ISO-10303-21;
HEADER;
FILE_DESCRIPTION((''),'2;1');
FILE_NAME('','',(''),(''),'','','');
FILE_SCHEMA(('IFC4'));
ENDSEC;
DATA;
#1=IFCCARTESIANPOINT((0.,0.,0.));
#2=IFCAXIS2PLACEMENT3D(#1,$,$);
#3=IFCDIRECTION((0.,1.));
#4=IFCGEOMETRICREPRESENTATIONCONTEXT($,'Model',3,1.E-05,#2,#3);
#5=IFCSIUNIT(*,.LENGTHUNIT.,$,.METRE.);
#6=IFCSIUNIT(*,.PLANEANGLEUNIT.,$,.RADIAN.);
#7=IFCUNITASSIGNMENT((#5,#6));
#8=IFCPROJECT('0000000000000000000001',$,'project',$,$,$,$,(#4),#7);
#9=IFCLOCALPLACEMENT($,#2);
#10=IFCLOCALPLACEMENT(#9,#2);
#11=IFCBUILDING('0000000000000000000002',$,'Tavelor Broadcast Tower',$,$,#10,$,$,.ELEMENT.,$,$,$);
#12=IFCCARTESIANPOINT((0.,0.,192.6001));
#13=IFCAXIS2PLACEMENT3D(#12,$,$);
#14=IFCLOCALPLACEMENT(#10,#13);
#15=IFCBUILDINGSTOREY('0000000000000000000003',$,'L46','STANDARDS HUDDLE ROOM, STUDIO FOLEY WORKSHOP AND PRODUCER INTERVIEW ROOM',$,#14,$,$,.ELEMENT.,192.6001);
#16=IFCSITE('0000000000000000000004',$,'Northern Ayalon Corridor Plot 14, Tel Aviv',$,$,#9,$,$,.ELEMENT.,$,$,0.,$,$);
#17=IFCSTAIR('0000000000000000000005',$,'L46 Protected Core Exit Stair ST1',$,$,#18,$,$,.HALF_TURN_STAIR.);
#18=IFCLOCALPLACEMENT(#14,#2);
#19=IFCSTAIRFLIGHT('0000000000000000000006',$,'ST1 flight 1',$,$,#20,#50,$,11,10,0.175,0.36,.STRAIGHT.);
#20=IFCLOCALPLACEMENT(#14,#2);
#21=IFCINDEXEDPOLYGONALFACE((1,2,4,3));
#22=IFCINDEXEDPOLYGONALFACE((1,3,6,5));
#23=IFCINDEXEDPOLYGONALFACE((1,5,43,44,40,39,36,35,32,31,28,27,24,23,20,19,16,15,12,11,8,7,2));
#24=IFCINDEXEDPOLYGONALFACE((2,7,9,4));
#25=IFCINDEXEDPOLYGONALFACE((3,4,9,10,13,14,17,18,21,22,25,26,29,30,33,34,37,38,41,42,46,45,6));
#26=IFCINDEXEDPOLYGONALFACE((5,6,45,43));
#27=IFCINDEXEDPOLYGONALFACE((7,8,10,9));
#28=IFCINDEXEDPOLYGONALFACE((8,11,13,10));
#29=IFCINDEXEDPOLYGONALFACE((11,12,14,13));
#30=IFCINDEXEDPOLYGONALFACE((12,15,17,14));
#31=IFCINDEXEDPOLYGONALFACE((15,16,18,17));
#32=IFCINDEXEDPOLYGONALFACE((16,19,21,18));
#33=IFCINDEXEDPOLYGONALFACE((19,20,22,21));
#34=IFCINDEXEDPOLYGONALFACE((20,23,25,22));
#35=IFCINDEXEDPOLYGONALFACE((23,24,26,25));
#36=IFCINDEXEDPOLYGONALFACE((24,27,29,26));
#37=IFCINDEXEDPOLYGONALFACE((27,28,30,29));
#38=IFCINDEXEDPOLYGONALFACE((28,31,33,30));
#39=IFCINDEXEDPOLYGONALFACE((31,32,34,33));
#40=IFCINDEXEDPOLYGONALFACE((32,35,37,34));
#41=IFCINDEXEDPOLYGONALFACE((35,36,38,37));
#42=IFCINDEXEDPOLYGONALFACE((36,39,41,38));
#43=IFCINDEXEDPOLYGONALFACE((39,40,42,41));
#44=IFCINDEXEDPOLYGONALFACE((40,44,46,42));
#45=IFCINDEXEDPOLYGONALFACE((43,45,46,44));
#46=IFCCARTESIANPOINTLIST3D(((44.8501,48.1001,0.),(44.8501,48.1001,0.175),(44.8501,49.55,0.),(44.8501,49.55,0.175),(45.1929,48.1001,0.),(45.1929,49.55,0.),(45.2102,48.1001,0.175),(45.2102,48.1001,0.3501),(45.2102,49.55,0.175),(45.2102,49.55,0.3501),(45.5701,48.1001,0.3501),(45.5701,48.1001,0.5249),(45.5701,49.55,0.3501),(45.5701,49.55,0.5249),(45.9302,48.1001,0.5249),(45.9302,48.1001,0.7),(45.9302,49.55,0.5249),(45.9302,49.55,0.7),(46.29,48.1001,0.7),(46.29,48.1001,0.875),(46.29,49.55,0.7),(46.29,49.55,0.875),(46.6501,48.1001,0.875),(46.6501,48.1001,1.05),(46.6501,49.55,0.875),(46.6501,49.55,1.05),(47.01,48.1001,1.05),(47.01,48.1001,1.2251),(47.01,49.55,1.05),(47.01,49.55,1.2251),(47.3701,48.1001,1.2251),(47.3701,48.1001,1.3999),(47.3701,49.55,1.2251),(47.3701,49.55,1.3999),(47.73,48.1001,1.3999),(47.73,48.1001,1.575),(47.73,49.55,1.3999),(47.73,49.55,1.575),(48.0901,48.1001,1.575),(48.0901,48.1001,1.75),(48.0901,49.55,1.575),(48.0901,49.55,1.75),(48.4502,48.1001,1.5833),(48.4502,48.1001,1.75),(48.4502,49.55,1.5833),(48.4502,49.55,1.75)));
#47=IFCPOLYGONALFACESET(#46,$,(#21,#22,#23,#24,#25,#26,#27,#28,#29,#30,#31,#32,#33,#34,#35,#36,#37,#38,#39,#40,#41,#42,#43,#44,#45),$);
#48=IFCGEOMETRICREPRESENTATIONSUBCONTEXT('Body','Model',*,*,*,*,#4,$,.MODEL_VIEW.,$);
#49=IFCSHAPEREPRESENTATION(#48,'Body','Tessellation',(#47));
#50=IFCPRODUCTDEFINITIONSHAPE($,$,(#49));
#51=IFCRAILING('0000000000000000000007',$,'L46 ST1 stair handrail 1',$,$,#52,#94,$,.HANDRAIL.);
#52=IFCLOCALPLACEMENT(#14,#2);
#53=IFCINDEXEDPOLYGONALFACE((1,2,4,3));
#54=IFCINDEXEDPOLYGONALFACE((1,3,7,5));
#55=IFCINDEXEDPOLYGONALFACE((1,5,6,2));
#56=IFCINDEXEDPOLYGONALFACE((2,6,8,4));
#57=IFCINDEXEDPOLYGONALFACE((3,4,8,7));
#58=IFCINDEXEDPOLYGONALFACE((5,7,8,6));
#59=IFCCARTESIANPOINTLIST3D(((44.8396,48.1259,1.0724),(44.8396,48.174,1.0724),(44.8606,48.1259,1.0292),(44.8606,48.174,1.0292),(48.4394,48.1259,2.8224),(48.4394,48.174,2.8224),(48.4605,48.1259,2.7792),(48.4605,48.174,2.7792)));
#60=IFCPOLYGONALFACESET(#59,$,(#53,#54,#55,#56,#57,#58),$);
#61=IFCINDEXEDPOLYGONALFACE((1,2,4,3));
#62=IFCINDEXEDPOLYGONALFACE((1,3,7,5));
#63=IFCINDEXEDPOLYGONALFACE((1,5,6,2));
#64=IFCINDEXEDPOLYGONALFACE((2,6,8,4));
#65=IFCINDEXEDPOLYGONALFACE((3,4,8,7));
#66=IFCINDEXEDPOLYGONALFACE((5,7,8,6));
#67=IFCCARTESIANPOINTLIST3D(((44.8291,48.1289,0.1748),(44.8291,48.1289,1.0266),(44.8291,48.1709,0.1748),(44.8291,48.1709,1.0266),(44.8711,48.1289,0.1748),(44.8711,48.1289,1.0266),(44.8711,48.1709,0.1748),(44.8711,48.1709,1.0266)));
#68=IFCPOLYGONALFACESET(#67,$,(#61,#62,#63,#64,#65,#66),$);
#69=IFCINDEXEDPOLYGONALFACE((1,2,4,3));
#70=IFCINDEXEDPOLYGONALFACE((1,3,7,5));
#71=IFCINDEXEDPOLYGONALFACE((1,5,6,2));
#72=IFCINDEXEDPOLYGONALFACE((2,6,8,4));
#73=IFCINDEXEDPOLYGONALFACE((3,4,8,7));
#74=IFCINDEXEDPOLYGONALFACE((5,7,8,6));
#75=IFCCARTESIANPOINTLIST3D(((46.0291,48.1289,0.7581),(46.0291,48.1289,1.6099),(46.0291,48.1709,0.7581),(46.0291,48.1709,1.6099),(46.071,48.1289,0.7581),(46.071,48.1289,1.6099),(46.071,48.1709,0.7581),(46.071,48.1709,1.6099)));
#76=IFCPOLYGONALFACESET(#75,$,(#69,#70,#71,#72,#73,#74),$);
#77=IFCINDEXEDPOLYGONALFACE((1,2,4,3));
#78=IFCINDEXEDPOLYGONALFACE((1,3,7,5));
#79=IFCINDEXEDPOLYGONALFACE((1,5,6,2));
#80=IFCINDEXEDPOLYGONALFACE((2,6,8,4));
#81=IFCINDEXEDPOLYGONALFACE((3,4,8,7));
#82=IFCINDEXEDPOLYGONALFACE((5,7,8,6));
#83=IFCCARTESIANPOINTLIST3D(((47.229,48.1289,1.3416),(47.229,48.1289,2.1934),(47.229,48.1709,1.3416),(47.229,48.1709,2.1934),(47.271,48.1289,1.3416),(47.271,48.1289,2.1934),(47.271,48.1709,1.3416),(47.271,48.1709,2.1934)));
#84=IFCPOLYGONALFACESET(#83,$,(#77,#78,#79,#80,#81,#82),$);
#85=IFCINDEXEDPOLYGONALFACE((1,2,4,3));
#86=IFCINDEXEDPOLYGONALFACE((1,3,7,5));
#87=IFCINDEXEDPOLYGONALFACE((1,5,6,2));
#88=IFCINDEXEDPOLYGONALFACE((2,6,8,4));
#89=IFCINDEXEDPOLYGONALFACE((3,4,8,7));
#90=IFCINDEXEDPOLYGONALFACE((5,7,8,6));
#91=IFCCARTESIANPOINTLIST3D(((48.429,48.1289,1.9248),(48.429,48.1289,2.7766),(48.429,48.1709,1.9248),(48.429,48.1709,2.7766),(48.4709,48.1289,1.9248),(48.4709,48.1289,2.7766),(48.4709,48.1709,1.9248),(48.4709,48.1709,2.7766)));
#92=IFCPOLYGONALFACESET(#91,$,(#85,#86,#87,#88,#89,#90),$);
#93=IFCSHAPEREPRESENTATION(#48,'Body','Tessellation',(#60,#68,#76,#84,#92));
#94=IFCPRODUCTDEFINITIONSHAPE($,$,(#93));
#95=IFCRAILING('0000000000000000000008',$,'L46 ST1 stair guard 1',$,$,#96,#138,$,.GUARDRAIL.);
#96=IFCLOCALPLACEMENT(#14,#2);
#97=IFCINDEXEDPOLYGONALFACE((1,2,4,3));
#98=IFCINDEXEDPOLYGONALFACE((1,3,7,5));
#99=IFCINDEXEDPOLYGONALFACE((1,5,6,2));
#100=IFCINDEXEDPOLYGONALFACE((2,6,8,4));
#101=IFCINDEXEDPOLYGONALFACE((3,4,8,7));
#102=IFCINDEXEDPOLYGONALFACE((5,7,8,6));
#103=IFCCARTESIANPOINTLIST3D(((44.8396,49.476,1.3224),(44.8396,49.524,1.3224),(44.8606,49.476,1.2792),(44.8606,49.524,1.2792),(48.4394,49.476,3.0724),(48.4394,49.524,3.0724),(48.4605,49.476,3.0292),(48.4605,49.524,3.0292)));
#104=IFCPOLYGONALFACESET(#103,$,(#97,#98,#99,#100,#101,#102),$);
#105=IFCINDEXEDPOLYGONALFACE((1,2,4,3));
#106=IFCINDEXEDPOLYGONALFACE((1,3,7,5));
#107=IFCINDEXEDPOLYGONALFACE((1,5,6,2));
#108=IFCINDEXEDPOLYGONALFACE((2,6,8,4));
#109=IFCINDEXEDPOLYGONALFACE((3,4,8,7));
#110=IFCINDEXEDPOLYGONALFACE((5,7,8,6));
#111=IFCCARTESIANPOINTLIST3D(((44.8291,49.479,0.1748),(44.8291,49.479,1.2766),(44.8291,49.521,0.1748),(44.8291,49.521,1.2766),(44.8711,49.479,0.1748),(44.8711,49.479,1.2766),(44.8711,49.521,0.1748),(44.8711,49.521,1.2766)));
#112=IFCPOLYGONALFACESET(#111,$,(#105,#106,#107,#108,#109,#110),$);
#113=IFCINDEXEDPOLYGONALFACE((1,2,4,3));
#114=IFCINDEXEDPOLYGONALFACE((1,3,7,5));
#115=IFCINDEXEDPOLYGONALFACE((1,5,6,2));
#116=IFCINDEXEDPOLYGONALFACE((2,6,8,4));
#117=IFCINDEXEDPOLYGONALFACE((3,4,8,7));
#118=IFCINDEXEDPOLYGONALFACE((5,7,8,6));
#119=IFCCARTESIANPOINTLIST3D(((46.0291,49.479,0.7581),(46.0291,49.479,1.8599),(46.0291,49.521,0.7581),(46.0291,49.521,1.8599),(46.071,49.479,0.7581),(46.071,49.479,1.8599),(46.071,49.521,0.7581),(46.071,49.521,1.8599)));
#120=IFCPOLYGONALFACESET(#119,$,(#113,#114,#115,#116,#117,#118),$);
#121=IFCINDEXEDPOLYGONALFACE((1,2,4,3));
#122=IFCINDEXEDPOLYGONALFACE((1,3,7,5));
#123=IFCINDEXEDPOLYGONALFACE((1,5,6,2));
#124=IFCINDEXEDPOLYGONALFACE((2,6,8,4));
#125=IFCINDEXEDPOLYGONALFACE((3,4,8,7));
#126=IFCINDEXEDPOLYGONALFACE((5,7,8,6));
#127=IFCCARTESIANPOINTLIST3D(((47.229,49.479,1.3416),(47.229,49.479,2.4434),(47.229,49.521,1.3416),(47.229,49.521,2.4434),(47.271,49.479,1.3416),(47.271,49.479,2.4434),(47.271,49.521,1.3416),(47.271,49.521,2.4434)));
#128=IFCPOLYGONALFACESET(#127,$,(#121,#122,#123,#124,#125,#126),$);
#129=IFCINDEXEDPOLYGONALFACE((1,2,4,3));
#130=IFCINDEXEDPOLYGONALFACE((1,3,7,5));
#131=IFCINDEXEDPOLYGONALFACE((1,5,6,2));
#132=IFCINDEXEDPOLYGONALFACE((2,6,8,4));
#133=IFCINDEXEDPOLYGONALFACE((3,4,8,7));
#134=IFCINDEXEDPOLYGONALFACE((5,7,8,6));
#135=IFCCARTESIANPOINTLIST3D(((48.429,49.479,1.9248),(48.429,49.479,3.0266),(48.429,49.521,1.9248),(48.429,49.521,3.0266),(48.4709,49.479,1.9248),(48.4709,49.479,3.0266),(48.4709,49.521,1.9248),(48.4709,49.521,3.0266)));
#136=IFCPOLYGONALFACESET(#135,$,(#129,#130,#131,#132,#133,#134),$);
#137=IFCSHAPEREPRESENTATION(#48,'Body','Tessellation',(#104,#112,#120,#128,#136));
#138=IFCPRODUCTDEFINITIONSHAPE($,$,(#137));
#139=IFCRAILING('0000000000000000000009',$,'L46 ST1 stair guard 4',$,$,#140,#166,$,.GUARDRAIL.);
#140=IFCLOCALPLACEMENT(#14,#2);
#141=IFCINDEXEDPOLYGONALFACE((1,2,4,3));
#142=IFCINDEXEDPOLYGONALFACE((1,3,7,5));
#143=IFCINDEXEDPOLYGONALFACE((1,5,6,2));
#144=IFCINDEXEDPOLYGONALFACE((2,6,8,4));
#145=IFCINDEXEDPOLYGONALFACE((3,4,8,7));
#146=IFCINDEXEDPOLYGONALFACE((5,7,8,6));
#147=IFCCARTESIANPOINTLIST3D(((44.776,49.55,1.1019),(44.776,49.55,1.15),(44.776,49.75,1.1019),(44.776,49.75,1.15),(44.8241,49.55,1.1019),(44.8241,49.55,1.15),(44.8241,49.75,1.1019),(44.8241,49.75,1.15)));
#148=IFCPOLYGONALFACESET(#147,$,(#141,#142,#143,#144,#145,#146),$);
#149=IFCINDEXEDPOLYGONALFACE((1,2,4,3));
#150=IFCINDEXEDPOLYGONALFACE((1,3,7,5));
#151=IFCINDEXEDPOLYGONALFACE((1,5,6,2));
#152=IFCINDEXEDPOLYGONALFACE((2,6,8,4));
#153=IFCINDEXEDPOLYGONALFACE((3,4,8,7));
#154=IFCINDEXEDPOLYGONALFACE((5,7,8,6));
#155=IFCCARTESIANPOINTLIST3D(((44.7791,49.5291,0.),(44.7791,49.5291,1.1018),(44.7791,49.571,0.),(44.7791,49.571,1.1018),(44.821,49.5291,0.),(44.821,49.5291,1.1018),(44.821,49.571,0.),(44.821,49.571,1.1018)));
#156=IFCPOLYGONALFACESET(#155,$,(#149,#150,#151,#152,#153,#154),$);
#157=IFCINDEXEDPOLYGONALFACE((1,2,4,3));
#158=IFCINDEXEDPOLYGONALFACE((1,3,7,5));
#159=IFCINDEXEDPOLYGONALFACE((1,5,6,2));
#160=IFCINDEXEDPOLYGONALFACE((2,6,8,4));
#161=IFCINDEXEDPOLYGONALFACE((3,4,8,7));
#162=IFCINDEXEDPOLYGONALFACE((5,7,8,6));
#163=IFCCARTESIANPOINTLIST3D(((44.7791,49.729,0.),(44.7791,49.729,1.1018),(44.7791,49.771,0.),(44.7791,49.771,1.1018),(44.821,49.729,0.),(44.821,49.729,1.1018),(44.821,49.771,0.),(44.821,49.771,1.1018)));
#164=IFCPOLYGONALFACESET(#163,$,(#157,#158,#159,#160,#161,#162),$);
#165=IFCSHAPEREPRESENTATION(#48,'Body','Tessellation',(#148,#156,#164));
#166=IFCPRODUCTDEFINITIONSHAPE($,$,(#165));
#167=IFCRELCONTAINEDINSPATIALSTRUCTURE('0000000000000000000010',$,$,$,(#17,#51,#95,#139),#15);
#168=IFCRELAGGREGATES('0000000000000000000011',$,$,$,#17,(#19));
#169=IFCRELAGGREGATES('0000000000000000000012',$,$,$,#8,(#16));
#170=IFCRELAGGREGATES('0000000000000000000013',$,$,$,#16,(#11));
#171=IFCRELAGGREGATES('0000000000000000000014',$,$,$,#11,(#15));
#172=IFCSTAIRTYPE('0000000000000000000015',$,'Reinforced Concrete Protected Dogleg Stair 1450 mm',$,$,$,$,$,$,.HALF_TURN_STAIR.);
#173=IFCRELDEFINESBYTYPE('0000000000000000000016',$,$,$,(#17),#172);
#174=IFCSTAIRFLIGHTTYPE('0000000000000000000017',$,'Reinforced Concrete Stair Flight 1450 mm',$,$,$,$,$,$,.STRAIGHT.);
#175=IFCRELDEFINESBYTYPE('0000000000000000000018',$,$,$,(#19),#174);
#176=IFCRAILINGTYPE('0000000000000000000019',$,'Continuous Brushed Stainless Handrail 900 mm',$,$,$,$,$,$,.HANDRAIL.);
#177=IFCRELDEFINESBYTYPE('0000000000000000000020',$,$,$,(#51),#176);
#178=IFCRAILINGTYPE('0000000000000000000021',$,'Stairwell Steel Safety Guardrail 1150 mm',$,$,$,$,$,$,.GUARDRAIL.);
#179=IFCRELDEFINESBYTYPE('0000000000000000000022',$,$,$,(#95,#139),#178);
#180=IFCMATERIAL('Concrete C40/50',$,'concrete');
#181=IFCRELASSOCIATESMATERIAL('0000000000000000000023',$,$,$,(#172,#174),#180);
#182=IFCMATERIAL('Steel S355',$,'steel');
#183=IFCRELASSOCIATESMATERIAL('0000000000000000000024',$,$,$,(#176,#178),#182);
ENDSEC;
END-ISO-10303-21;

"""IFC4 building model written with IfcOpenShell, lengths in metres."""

from ifc_helpers import new_model, si_unit, direction, frame, origin, origin_2d, place, context, subcontext, project, spatial, polyline, rectangle, outline, extrude, material, type_object, element, aggregate, save


model = new_model("IFC4")

# Units and contexts
model_context = context("Model", 3, precision=1e-05, world=origin(), true_north=direction((0.0, 1.0)))
body_context = subcontext(model_context, "Body", "Model", "MODEL_VIEW")
ifc_project = project(units=[si_unit("LENGTHUNIT", "METRE"), si_unit("PLANEANGLEUNIT", "RADIAN")], contexts=[model_context])

# Site, building, storey
site_placement = place(None, origin())
site = spatial("IfcSite", under=ifc_project, at=site_placement, Name="Northern Ayalon Corridor Plot 14, Tel Aviv", CompositionType="ELEMENT", RefElevation=0.0)
building_placement = place(site_placement, origin())
building = spatial("IfcBuilding", under=site, at=building_placement, Name="Tavelor Broadcast Tower", CompositionType="ELEMENT")
storey_placement = place(building_placement, frame((0.0, 0.0, 192.6001)))
storey = spatial("IfcBuildingStorey", under=building, at=storey_placement, Name="L46", Description="STANDARDS HUDDLE ROOM, STUDIO FOLEY WORKSHOP AND PRODUCER INTERVIEW ROOM", CompositionType="ELEMENT", Elevation=192.6001)

# Shared definitions
ifc_material_1 = material(Name="Steel S355", Category="steel")

# Stair, stair flight
ifc_material_2 = material(Name="Concrete C40/50", Category="concrete")
stair_type = type_object("IfcStairType", Name="Reinforced Concrete Protected Dogleg Stair 1450 mm", PredefinedType="HALF_TURN_STAIR", material=ifc_material_2)
stair_placement = place(storey_placement, origin())
stair = element("IfcStair", 1, at=stair_placement, inside=storey, type_object=stair_type, Name="L46 Protected Core Exit Stair ST1", PredefinedType="HALF_TURN_STAIR")
stair_flight_type = type_object("IfcStairFlightType", Name="Reinforced Concrete Stair Flight 1450 mm", PredefinedType="STRAIGHT", material=ifc_material_2)
stair_flight_placement = place(storey_placement, frame((44.8501, 48.825, 0.0), z_axis=(0.0, 0.0, 1.0), x_axis=(1.0, 0.0, 0.0)))
stair_flight = element("IfcStairFlight", 2, at=stair_flight_placement, type_object=stair_flight_type, Name="ST1 flight 1", NumberOfRisers=11, NumberOfTreads=10, PredefinedType="STRAIGHT", RiserHeight=0.175, TreadLength=0.36, context=body_context, shape_type="SweptSolid", body=[
    extrude(outline(polyline([(0.0, 0.0), (0.0, 0.175), (0.3601, 0.175), (0.3601, 0.3501), (0.72, 0.3501), (0.72, 0.5249), (1.0801, 0.5249), (1.0801, 0.7), (1.4399, 0.7), (1.4399, 0.875), (1.8, 0.875), (1.8, 1.05), (2.1599, 1.05), (2.1599, 1.2251), (2.52, 1.2251), (2.52, 1.3999), (2.8799, 1.3999), (2.8799, 1.575), (3.24, 1.575), (3.24, 1.75), (3.6001, 1.75), (3.6001, 1.925), (3.6001, 1.5833), (0.3428, 0.0), (0.0, 0.0)])), frame((0.0, 0.7251, 0.0), z_axis=(0.0, -1.0, 0.0), x_axis=(1.0, 0.0, 0.0)), (0.0, 0.0, 1.0), 1.45),
])
aggregate(stair, [stair_flight])

# Railings
railing_type_1 = type_object("IfcRailingType", Name="Continuous Brushed Stainless Handrail 900 mm", PredefinedType="HANDRAIL", material=ifc_material_1)
railing_1_placement = place(storey_placement, frame((44.8501, 48.1499, 0.1748)))
element("IfcRailing", 3, at=railing_1_placement, inside=storey, type_object=railing_type_1, Name="L46 ST1 stair handrail 1", PredefinedType="HANDRAIL", context=body_context, shape_type="SweptSolid", body=[
    extrude(rectangle(XDim=0.0481, YDim=0.0481, at=origin_2d()), frame((0.0, 0.0, 0.876), z_axis=(0.899361, 0.0, 0.437207), x_axis=(0.0, 1.0, 0.0)), (0.0, 0.0, 1.0), 4.0027),
    extrude(rectangle(XDim=0.042, YDim=0.042, at=origin_2d()), origin(), (0.0, 0.0, 1.0), 0.8518),
    extrude(rectangle(XDim=0.042, YDim=0.042, at=origin_2d()), frame((1.2, 0.0, 0.5833)), (0.0, 0.0, 1.0), 0.8518),
    extrude(rectangle(XDim=0.042, YDim=0.042, at=origin_2d()), frame((2.3999, 0.0, 1.1667)), (0.0, 0.0, 1.0), 0.8518),
    extrude(rectangle(XDim=0.042, YDim=0.042, at=origin_2d()), frame((3.5999, 0.0, 1.75)), (0.0, 0.0, 1.0), 0.8518),
])
railing_type_2 = type_object("IfcRailingType", Name="Stairwell Steel Safety Guardrail 1150 mm", PredefinedType="GUARDRAIL", material=ifc_material_1)
railing_2_placement = place(storey_placement, frame((44.8501, 49.5, 0.1748)))
element("IfcRailing", 4, at=railing_2_placement, inside=storey, type_object=railing_type_2, Name="L46 ST1 stair guard 1", PredefinedType="GUARDRAIL", context=body_context, shape_type="SweptSolid", body=[
    extrude(rectangle(XDim=0.0481, YDim=0.0481, at=origin_2d()), frame((0.0, 0.0, 1.126), z_axis=(0.899361, 0.0, 0.437207), x_axis=(0.0, 1.0, 0.0)), (0.0, 0.0, 1.0), 4.0027),
    extrude(rectangle(XDim=0.042, YDim=0.042, at=origin_2d()), origin(), (0.0, 0.0, 1.0), 1.1018),
    extrude(rectangle(XDim=0.042, YDim=0.042, at=origin_2d()), frame((1.2, 0.0, 0.5833)), (0.0, 0.0, 1.0), 1.1018),
    extrude(rectangle(XDim=0.042, YDim=0.042, at=origin_2d()), frame((2.3999, 0.0, 1.1667)), (0.0, 0.0, 1.0), 1.1018),
    extrude(rectangle(XDim=0.042, YDim=0.042, at=origin_2d()), frame((3.5999, 0.0, 1.75)), (0.0, 0.0, 1.0), 1.1018),
])
railing_3_placement = place(storey_placement, frame((44.8, 49.55, 0.0)))
element("IfcRailing", 5, at=railing_3_placement, inside=storey, type_object=railing_type_2, Name="L46 ST1 stair guard 4", PredefinedType="GUARDRAIL", context=body_context, shape_type="SweptSolid", body=[
    extrude(rectangle(XDim=0.0481, YDim=0.0481, at=origin_2d()), frame((0.0, 0.0, 1.126), z_axis=(0.0, 1.0, 0.0), x_axis=(-1.0, 0.0, 0.0)), (0.0, 0.0, 1.0), 0.2),
    extrude(rectangle(XDim=0.042, YDim=0.042, at=origin_2d()), origin(), (0.0, 0.0, 1.0), 1.1018),
    extrude(rectangle(XDim=0.042, YDim=0.042, at=origin_2d()), frame((0.0, 0.2, 0.0)), (0.0, 0.0, 1.0), 1.1018),
])

save(model, "model.ifc")
